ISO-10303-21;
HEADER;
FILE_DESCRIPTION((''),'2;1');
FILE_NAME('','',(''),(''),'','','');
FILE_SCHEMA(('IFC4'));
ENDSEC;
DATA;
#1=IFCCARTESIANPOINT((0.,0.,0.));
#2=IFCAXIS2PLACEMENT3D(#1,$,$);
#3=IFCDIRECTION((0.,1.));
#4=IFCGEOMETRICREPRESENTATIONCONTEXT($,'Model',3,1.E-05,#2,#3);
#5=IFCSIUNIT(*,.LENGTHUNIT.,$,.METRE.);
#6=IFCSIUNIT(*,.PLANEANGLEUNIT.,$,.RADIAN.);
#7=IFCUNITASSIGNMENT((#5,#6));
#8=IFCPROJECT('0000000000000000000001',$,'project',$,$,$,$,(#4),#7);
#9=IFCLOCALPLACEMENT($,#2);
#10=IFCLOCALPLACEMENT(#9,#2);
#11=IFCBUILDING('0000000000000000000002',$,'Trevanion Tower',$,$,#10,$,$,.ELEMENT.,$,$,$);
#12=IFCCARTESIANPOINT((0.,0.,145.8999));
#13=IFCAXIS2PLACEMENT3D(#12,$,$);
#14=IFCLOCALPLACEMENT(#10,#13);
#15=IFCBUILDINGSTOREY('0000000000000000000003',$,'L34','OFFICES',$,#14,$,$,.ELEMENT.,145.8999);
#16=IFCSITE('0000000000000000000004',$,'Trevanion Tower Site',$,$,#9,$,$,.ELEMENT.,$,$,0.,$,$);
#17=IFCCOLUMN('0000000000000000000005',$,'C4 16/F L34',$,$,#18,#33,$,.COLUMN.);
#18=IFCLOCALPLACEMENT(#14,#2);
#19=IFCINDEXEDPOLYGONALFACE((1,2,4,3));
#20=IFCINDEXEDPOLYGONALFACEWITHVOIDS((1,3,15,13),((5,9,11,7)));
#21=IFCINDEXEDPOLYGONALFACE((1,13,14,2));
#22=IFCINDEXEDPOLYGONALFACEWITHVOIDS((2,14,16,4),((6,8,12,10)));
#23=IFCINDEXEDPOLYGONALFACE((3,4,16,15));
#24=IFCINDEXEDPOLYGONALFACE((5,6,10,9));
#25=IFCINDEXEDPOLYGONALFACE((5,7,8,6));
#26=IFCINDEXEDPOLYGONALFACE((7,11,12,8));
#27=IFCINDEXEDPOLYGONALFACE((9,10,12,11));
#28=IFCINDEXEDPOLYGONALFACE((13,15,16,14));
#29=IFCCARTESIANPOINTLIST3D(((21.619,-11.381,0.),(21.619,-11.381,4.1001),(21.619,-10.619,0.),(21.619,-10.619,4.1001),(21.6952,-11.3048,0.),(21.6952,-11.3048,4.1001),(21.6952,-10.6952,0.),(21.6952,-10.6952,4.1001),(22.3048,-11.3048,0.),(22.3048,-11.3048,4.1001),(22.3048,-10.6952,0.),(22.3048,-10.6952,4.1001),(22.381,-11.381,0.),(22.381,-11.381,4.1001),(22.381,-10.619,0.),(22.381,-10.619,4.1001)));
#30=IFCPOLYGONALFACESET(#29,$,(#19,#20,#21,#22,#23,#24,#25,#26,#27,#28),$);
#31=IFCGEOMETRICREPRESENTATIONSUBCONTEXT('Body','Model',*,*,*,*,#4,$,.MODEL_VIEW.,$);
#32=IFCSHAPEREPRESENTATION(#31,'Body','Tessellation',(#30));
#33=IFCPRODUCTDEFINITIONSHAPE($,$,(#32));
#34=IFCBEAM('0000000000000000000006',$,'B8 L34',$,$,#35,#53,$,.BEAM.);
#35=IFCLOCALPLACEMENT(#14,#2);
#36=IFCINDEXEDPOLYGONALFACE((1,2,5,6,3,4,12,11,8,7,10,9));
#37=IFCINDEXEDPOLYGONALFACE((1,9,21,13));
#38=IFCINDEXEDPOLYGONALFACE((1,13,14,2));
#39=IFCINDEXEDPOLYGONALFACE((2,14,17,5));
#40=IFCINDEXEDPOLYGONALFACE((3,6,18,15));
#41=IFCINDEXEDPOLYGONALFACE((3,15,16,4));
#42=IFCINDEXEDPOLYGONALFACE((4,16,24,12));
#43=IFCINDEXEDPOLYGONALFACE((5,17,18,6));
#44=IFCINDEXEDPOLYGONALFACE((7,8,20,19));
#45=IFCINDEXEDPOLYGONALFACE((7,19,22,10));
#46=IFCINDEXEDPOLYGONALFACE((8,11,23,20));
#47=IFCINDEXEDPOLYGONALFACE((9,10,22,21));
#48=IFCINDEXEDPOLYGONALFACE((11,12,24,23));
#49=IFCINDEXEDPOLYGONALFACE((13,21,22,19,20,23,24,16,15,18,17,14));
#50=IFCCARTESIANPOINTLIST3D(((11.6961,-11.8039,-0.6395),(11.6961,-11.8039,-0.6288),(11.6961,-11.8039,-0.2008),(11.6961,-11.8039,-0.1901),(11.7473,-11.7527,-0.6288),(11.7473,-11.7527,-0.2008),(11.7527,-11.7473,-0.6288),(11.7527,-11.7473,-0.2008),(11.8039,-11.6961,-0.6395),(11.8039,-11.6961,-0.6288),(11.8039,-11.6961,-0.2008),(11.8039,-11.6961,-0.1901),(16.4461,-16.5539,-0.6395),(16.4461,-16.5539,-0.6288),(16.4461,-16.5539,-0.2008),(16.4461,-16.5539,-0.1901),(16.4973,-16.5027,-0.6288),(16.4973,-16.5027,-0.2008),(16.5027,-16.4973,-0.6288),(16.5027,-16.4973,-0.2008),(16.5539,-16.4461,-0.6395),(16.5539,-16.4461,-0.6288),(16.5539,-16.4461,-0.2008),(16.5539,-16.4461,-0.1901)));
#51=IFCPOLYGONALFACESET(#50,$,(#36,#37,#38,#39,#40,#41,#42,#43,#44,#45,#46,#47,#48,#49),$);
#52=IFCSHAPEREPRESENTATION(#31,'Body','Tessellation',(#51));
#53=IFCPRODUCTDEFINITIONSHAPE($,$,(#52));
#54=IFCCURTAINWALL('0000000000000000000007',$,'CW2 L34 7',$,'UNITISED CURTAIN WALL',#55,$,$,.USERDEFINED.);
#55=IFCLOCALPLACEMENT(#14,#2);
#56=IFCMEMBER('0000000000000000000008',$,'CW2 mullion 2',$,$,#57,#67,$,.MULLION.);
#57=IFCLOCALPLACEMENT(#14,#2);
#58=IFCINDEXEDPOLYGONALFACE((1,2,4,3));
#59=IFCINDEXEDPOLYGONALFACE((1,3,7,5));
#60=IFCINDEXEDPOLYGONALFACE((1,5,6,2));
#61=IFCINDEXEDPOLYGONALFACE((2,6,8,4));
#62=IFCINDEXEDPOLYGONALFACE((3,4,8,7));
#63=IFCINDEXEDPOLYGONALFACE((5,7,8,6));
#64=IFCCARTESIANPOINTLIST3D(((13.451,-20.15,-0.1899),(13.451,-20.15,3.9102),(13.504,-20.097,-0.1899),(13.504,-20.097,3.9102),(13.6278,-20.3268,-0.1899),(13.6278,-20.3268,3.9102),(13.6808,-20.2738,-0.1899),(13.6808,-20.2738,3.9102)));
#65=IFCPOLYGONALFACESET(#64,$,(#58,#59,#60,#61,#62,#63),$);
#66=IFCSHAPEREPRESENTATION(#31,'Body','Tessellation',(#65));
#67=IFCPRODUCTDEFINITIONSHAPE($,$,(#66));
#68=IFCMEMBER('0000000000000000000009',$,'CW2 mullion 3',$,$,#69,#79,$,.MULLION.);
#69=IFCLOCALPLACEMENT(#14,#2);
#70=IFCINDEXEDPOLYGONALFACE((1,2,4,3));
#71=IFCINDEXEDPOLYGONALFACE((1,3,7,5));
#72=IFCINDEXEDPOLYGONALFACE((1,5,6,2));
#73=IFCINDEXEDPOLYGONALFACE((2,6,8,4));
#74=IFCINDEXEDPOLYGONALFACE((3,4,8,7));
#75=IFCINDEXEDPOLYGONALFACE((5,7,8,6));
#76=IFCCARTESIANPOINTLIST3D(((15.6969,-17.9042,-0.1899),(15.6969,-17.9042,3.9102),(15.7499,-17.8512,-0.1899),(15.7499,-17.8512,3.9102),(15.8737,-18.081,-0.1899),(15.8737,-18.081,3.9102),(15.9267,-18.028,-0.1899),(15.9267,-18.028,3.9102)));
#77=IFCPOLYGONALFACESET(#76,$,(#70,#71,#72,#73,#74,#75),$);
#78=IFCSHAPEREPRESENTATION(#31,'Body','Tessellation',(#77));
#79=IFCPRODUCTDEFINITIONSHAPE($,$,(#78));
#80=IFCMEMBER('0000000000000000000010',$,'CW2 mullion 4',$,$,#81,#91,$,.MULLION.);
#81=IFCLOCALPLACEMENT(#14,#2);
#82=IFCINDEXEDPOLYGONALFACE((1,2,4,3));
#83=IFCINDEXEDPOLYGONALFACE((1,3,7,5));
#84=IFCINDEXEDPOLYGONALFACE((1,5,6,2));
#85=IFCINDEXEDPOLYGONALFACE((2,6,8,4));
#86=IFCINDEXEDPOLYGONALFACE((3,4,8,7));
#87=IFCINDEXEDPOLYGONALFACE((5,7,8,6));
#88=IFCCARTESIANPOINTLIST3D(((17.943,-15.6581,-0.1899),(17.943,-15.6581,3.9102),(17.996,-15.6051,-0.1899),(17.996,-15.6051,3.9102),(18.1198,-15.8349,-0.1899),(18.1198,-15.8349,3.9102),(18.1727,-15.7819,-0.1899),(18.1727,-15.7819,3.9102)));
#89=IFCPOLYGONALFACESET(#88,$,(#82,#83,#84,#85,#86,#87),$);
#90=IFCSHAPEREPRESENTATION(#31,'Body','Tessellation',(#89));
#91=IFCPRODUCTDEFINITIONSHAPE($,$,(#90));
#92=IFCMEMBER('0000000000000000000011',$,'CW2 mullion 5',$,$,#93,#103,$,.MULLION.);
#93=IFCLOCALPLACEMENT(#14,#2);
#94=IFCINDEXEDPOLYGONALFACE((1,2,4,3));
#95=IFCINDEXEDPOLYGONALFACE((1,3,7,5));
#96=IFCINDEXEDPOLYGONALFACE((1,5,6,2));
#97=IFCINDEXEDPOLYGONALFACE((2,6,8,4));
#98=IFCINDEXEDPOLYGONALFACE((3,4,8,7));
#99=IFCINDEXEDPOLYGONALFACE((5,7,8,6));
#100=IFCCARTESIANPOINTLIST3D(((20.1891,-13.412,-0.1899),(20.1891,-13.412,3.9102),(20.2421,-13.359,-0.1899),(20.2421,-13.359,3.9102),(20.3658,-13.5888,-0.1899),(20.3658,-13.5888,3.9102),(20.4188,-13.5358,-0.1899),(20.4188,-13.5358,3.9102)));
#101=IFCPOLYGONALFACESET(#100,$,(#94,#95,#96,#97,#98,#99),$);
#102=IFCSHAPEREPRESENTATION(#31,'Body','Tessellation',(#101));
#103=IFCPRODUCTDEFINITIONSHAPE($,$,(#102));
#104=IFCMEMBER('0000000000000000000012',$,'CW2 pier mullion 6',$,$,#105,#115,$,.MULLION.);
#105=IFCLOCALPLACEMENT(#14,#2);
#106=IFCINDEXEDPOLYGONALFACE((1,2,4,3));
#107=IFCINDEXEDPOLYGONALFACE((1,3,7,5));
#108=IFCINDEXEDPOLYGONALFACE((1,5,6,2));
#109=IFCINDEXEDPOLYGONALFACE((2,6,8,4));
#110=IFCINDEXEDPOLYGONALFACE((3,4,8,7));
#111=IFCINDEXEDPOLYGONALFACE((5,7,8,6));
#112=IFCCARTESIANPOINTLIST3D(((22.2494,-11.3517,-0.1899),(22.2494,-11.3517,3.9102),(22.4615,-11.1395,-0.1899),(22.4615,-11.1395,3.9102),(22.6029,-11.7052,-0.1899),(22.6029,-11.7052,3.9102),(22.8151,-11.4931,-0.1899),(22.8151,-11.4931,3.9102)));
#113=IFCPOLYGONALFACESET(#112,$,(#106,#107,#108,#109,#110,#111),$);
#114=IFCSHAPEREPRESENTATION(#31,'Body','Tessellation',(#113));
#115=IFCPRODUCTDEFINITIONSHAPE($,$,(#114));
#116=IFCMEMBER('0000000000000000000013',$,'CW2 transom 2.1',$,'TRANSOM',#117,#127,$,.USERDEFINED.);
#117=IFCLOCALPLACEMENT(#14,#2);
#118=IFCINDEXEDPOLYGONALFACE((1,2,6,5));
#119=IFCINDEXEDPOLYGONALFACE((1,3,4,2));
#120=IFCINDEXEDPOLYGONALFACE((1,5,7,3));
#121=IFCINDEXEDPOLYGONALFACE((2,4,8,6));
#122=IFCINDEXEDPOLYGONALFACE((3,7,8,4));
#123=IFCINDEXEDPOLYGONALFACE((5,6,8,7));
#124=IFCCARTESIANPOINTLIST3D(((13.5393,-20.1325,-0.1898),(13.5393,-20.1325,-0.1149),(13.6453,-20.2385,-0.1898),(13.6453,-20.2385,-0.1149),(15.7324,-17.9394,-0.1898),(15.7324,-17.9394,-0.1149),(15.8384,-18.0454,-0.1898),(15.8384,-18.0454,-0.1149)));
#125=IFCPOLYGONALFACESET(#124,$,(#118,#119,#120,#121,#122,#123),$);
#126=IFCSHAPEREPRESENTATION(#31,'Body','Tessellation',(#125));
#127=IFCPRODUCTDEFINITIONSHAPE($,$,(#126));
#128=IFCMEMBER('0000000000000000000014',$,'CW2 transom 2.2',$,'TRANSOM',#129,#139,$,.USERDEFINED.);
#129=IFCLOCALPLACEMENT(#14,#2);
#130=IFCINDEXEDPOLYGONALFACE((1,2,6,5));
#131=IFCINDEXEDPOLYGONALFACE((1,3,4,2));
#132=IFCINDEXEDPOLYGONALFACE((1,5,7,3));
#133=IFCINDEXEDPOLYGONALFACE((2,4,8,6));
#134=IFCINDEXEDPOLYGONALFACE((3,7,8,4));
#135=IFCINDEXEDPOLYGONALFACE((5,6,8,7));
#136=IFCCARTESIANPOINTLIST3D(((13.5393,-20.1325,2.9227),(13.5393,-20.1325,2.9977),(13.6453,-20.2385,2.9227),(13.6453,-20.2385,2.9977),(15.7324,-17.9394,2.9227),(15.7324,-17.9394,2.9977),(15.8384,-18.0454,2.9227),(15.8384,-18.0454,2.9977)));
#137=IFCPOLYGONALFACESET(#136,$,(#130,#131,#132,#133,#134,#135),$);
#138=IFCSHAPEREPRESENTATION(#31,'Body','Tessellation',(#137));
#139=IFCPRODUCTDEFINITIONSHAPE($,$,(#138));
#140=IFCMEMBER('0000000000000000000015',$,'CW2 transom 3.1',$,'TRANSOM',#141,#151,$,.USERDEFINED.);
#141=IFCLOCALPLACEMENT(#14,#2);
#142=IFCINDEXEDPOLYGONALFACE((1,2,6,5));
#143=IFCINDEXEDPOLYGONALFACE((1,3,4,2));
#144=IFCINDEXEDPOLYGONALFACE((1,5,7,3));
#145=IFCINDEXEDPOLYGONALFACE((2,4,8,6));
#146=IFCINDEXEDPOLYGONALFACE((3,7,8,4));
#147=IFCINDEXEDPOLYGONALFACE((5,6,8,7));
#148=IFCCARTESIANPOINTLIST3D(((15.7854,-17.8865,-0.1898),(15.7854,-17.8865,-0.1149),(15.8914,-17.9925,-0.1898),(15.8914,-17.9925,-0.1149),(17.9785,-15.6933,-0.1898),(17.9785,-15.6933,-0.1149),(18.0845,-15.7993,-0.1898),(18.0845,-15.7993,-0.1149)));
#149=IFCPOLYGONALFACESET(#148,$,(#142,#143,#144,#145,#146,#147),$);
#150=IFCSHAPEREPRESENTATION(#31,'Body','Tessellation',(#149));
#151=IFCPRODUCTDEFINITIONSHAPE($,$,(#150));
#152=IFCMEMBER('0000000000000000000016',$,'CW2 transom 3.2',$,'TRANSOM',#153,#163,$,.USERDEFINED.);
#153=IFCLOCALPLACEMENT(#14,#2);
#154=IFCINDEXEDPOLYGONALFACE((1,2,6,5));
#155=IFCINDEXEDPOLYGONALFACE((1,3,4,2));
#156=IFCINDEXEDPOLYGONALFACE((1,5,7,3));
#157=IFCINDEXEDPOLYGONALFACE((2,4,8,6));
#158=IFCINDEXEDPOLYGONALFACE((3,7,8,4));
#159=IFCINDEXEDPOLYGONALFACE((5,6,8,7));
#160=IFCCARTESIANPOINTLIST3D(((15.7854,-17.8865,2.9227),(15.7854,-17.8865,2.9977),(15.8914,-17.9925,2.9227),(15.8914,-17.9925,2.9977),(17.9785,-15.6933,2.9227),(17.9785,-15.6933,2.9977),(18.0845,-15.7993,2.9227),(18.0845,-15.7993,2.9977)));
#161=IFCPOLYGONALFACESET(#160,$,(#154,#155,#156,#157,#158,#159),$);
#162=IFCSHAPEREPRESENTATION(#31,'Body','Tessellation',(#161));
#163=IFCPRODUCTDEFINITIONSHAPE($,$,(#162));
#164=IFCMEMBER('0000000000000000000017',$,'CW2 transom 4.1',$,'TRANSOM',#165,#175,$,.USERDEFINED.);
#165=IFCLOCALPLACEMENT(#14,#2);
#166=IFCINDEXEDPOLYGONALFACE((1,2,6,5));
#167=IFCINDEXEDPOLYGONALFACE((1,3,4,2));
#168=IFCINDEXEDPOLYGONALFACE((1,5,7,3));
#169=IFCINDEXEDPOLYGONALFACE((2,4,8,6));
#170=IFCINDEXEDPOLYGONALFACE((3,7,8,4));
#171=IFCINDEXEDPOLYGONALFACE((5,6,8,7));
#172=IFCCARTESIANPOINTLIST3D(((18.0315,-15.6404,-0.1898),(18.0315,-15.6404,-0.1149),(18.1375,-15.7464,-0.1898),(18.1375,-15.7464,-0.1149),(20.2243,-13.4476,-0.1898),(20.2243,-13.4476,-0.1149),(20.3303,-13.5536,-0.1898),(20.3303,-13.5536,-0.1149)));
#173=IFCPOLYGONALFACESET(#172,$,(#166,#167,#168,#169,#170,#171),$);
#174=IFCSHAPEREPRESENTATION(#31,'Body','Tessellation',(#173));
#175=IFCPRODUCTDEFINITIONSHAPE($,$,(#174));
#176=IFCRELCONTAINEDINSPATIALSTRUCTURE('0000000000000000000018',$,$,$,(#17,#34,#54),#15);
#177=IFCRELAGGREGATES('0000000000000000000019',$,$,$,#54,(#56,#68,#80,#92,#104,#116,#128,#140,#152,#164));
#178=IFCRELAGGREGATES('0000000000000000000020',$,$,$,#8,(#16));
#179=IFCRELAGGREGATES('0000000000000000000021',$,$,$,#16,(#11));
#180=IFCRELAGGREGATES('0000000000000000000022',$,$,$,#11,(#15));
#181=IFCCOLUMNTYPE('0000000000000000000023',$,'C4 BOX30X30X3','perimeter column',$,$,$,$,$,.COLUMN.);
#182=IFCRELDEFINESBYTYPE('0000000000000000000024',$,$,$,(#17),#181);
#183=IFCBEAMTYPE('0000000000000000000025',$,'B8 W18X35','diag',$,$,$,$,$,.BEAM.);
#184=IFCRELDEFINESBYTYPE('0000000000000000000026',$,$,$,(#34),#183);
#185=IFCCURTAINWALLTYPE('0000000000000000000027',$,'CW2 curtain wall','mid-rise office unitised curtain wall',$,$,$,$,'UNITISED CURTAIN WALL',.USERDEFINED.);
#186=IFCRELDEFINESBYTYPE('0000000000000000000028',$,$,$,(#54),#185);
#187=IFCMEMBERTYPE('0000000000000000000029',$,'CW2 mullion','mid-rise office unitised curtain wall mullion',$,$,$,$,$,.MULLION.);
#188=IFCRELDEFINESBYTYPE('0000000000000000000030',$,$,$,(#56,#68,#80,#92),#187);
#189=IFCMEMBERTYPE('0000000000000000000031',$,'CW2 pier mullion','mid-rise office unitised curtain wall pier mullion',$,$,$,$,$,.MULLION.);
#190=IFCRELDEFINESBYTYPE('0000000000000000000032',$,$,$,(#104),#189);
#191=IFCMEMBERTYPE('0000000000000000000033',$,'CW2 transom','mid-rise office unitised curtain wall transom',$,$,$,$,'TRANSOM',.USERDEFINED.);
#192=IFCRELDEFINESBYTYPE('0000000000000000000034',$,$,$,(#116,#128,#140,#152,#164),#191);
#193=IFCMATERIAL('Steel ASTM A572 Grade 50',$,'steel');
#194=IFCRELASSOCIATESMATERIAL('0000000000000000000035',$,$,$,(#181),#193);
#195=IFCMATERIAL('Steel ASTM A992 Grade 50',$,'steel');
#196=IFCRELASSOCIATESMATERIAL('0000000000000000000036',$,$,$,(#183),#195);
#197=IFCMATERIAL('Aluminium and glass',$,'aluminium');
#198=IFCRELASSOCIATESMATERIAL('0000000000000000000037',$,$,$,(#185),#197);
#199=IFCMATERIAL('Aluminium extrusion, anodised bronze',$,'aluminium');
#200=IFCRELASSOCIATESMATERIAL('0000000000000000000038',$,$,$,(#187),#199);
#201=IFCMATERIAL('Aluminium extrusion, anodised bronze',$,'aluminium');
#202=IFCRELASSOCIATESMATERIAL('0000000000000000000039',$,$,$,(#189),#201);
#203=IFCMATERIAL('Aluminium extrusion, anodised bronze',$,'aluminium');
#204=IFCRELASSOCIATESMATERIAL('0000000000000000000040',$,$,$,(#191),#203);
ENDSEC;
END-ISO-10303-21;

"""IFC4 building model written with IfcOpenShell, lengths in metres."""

from ifc_helpers import new_model, si_unit, direction, frame, origin, origin_2d, place, context, subcontext, project, spatial, rectangle, hollow_rectangle, i_section, extrude, material, material_profile, profile_set, type_object, element, aggregate, save


model = new_model("IFC4")

# Units and contexts
model_context = context("Model", 3, precision=1e-05, world=origin(), true_north=direction((0.0, 1.0)))
body_context = subcontext(model_context, "Body", "Model", "MODEL_VIEW")
ifc_project = project(units=[si_unit("LENGTHUNIT", "METRE"), si_unit("PLANEANGLEUNIT", "RADIAN")], contexts=[model_context])

# Site, building, storey
site_placement = place(None, origin())
site = spatial("IfcSite", under=ifc_project, at=site_placement, Name="Trevanion Tower Site", CompositionType="ELEMENT", RefElevation=0.0)
building_placement = place(site_placement, origin())
building = spatial("IfcBuilding", under=site, at=building_placement, Name="Trevanion Tower", CompositionType="ELEMENT")
storey_placement = place(building_placement, frame((0.0, 0.0, 145.8999)))
storey = spatial("IfcBuildingStorey", under=building, at=storey_placement, Name="L34", Description="OFFICES", CompositionType="ELEMENT", Elevation=145.8999)

# Column
ifc_material_1 = material(Name="Steel ASTM A572 Grade 50", Category="steel")
ifc_material_profile_1 = material_profile(ifc_material_1, hollow_rectangle(XDim=0.762, YDim=0.762, WallThickness=0.0762, at=origin_2d()), Name="BOX30X30X3")
ifc_profile_set_1 = profile_set([ifc_material_profile_1], Name="Steel ASTM A572 Grade 50")
column_type = type_object("IfcColumnType", Name="C4 BOX30X30X3", Description="perimeter column", PredefinedType="COLUMN", material=ifc_profile_set_1)
column_placement = place(storey_placement, frame((22.0, -11.0, 0.0), z_axis=(0.0, 0.0, 1.0), x_axis=(0.0, 1.0, 0.0)))
element("IfcColumn", 1, at=column_placement, inside=storey, type_object=column_type, Name="C4 16/F L34", PredefinedType="COLUMN", context=body_context, shape_type="SweptSolid", body=[
    extrude(hollow_rectangle(XDim=0.762, YDim=0.762, WallThickness=0.0762, at=origin_2d()), origin(), (0.0, 0.0, 1.0), 4.1001),
])

# Beam
ifc_material_2 = material(Name="Steel ASTM A992 Grade 50", Category="steel")
ifc_material_profile_2 = material_profile(ifc_material_2, i_section(OverallWidth=0.1523, OverallDepth=0.4495, WebThickness=0.0076, FlangeThickness=0.0107, at=origin_2d()), Name="W18X35")
ifc_profile_set_2 = profile_set([ifc_material_profile_2], Name="Steel ASTM A992 Grade 50")
beam_type_1 = type_object("IfcBeamType", Name="B8 W18X35", Description="diag", PredefinedType="BEAM", material=ifc_profile_set_2)
beam_1_placement = place(storey_placement, frame((11.75, -11.75, -0.4148), z_axis=(0.707107, -0.707107, 0.0), x_axis=(0.707107, 0.707107, 0.0)))
element("IfcBeam", 2, at=beam_1_placement, inside=storey, type_object=beam_type_1, Name="B8 L34", PredefinedType="BEAM", context=body_context, shape_type="SweptSolid", body=[
    extrude(i_section(OverallWidth=0.1523, OverallDepth=0.4495, WebThickness=0.0076, FlangeThickness=0.0107, at=origin_2d()), origin(), (0.0, 0.0, 1.0), 6.7175),
])

# Curtain wall, members
ifc_material_3 = material(Name="Aluminium and glass", Category="aluminium")
curtain_wall_type = type_object("IfcCurtainWallType", Name="CW2 curtain wall", Description="mid-rise office unitised curtain wall", ElementType="UNITISED CURTAIN WALL", PredefinedType="USERDEFINED", material=ifc_material_3)
curtain_wall_placement = place(storey_placement, origin())
curtain_wall = element("IfcCurtainWall", 3, at=curtain_wall_placement, inside=storey, type_object=curtain_wall_type, Name="CW2 L34 7", ObjectType="UNITISED CURTAIN WALL", PredefinedType="USERDEFINED")
ifc_material_4 = material(Name="Aluminium extrusion, anodised bronze", Category="aluminium")
ifc_material_profile_3 = material_profile(ifc_material_4, rectangle(XDim=0.075, YDim=0.25, at=origin_2d()), Name="CW2 mullion")
ifc_profile_set_3 = profile_set([ifc_material_profile_3], Name="Aluminium extrusion, anodised bronze")
member_type_1 = type_object("IfcMemberType", Name="CW2 mullion", Description="mid-rise office unitised curtain wall mullion", PredefinedType="MULLION", material=ifc_profile_set_3)
member_1_placement = place(storey_placement, frame((13.5659, -20.2119, -0.1899), z_axis=(0.0, 0.0, 1.0), x_axis=(0.707107, 0.707107, 0.0)))
member_1 = element("IfcMember", 4, at=member_1_placement, type_object=member_type_1, Name="CW2 mullion 2", PredefinedType="MULLION", context=body_context, shape_type="SweptSolid", body=[
    extrude(rectangle(XDim=0.075, YDim=0.25, at=origin_2d()), origin(), (0.0, 0.0, 1.0), 4.1001),
])
member_2_placement = place(storey_placement, frame((15.8118, -17.9661, -0.1899), z_axis=(0.0, 0.0, 1.0), x_axis=(0.707107, 0.707107, 0.0)))
member_2 = element("IfcMember", 5, at=member_2_placement, type_object=member_type_1, Name="CW2 mullion 3", PredefinedType="MULLION", context=body_context, shape_type="SweptSolid", body=[
    extrude(rectangle(XDim=0.075, YDim=0.25, at=origin_2d()), origin(), (0.0, 0.0, 1.0), 4.1001),
])
member_3_placement = place(storey_placement, frame((18.0579, -15.72, -0.1899), z_axis=(0.0, 0.0, 1.0), x_axis=(0.707107, 0.707107, 0.0)))
member_3 = element("IfcMember", 6, at=member_3_placement, type_object=member_type_1, Name="CW2 mullion 4", PredefinedType="MULLION", context=body_context, shape_type="SweptSolid", body=[
    extrude(rectangle(XDim=0.075, YDim=0.25, at=origin_2d()), origin(), (0.0, 0.0, 1.0), 4.1001),
])
member_4_placement = place(storey_placement, frame((20.304, -13.4739, -0.1899), z_axis=(0.0, 0.0, 1.0), x_axis=(0.707107, 0.707107, 0.0)))
member_4 = element("IfcMember", 7, at=member_4_placement, type_object=member_type_1, Name="CW2 mullion 5", PredefinedType="MULLION", context=body_context, shape_type="SweptSolid", body=[
    extrude(rectangle(XDim=0.075, YDim=0.25, at=origin_2d()), origin(), (0.0, 0.0, 1.0), 4.1001),
])
ifc_material_5 = material(Name="Aluminium extrusion, anodised bronze", Category="aluminium")
ifc_material_profile_4 = material_profile(ifc_material_5, rectangle(XDim=0.3, YDim=0.5, at=origin_2d()), Name="CW2 pier mullion")
ifc_profile_set_4 = profile_set([ifc_material_profile_4], Name="Aluminium extrusion, anodised bronze")
member_type_2 = type_object("IfcMemberType", Name="CW2 pier mullion", Description="mid-rise office unitised curtain wall pier mullion", PredefinedType="MULLION", material=ifc_profile_set_4)
member_5_placement = place(storey_placement, frame((22.5322, -11.4224, -0.1899), z_axis=(0.0, 0.0, 1.0), x_axis=(0.707107, 0.707107, 0.0)))
member_5 = element("IfcMember", 8, at=member_5_placement, type_object=member_type_2, Name="CW2 pier mullion 6", PredefinedType="MULLION", context=body_context, shape_type="SweptSolid", body=[
    extrude(rectangle(XDim=0.3, YDim=0.5, at=origin_2d()), origin(), (0.0, 0.0, 1.0), 4.1001),
])
ifc_material_6 = material(Name="Aluminium extrusion, anodised bronze", Category="aluminium")
ifc_material_profile_5 = material_profile(ifc_material_6, rectangle(XDim=0.1499, YDim=0.075, at=origin_2d()), Name="CW2 transom")
ifc_profile_set_5 = profile_set([ifc_material_profile_5], Name="Aluminium extrusion, anodised bronze")
member_type_3 = type_object("IfcMemberType", Name="CW2 transom", Description="mid-rise office unitised curtain wall transom", ElementType="TRANSOM", PredefinedType="USERDEFINED", material=ifc_profile_set_5)
member_6_placement = place(storey_placement, frame((13.5923, -20.1855, -0.1523), z_axis=(0.707107, 0.707107, 0.0), x_axis=(-0.707107, 0.707107, 0.0)))
member_6 = element("IfcMember", 9, at=member_6_placement, type_object=member_type_3, Name="CW2 transom 2.1", ObjectType="TRANSOM", PredefinedType="USERDEFINED", context=body_context, shape_type="SweptSolid", body=[
    extrude(rectangle(XDim=0.1499, YDim=0.075, at=origin_2d()), origin(), (0.0, 0.0, 1.0), 3.1016),
])
member_7_placement = place(storey_placement, frame((13.5923, -20.1855, 2.9602), z_axis=(0.707107, 0.707107, 0.0), x_axis=(-0.707107, 0.707107, 0.0)))
member_7 = element("IfcMember", 10, at=member_7_placement, type_object=member_type_3, Name="CW2 transom 2.2", ObjectType="TRANSOM", PredefinedType="USERDEFINED", context=body_context, shape_type="SweptSolid", body=[
    extrude(rectangle(XDim=0.1499, YDim=0.075, at=origin_2d()), origin(), (0.0, 0.0, 1.0), 3.1016),
])
member_8_placement = place(storey_placement, frame((15.8384, -17.9395, -0.1523), z_axis=(0.707107, 0.707107, 0.0), x_axis=(-0.707107, 0.707107, 0.0)))
member_8 = element("IfcMember", 11, at=member_8_placement, type_object=member_type_3, Name="CW2 transom 3.1", ObjectType="TRANSOM", PredefinedType="USERDEFINED", context=body_context, shape_type="SweptSolid", body=[
    extrude(rectangle(XDim=0.1499, YDim=0.075, at=origin_2d()), origin(), (0.0, 0.0, 1.0), 3.1016),
])
member_9_placement = place(storey_placement, frame((15.8384, -17.9395, 2.9602), z_axis=(0.707107, 0.707107, 0.0), x_axis=(-0.707107, 0.707107, 0.0)))
member_9 = element("IfcMember", 12, at=member_9_placement, type_object=member_type_3, Name="CW2 transom 3.2", ObjectType="TRANSOM", PredefinedType="USERDEFINED", context=body_context, shape_type="SweptSolid", body=[
    extrude(rectangle(XDim=0.1499, YDim=0.075, at=origin_2d()), origin(), (0.0, 0.0, 1.0), 3.1016),
])
member_10_placement = place(storey_placement, frame((18.0845, -15.6934, -0.1523), z_axis=(0.707107, 0.707107, 0.0), x_axis=(-0.707107, 0.707107, 0.0)))
member_10 = element("IfcMember", 13, at=member_10_placement, type_object=member_type_3, Name="CW2 transom 4.1", ObjectType="TRANSOM", PredefinedType="USERDEFINED", context=body_context, shape_type="SweptSolid", body=[
    extrude(rectangle(XDim=0.1499, YDim=0.075, at=origin_2d()), origin(), (0.0, 0.0, 1.0), 3.1011),
])

aggregate(curtain_wall, [member_1, member_2, member_3, member_4, member_5, member_6, member_7, member_8, member_9, member_10])

save(model, "model.ifc")
